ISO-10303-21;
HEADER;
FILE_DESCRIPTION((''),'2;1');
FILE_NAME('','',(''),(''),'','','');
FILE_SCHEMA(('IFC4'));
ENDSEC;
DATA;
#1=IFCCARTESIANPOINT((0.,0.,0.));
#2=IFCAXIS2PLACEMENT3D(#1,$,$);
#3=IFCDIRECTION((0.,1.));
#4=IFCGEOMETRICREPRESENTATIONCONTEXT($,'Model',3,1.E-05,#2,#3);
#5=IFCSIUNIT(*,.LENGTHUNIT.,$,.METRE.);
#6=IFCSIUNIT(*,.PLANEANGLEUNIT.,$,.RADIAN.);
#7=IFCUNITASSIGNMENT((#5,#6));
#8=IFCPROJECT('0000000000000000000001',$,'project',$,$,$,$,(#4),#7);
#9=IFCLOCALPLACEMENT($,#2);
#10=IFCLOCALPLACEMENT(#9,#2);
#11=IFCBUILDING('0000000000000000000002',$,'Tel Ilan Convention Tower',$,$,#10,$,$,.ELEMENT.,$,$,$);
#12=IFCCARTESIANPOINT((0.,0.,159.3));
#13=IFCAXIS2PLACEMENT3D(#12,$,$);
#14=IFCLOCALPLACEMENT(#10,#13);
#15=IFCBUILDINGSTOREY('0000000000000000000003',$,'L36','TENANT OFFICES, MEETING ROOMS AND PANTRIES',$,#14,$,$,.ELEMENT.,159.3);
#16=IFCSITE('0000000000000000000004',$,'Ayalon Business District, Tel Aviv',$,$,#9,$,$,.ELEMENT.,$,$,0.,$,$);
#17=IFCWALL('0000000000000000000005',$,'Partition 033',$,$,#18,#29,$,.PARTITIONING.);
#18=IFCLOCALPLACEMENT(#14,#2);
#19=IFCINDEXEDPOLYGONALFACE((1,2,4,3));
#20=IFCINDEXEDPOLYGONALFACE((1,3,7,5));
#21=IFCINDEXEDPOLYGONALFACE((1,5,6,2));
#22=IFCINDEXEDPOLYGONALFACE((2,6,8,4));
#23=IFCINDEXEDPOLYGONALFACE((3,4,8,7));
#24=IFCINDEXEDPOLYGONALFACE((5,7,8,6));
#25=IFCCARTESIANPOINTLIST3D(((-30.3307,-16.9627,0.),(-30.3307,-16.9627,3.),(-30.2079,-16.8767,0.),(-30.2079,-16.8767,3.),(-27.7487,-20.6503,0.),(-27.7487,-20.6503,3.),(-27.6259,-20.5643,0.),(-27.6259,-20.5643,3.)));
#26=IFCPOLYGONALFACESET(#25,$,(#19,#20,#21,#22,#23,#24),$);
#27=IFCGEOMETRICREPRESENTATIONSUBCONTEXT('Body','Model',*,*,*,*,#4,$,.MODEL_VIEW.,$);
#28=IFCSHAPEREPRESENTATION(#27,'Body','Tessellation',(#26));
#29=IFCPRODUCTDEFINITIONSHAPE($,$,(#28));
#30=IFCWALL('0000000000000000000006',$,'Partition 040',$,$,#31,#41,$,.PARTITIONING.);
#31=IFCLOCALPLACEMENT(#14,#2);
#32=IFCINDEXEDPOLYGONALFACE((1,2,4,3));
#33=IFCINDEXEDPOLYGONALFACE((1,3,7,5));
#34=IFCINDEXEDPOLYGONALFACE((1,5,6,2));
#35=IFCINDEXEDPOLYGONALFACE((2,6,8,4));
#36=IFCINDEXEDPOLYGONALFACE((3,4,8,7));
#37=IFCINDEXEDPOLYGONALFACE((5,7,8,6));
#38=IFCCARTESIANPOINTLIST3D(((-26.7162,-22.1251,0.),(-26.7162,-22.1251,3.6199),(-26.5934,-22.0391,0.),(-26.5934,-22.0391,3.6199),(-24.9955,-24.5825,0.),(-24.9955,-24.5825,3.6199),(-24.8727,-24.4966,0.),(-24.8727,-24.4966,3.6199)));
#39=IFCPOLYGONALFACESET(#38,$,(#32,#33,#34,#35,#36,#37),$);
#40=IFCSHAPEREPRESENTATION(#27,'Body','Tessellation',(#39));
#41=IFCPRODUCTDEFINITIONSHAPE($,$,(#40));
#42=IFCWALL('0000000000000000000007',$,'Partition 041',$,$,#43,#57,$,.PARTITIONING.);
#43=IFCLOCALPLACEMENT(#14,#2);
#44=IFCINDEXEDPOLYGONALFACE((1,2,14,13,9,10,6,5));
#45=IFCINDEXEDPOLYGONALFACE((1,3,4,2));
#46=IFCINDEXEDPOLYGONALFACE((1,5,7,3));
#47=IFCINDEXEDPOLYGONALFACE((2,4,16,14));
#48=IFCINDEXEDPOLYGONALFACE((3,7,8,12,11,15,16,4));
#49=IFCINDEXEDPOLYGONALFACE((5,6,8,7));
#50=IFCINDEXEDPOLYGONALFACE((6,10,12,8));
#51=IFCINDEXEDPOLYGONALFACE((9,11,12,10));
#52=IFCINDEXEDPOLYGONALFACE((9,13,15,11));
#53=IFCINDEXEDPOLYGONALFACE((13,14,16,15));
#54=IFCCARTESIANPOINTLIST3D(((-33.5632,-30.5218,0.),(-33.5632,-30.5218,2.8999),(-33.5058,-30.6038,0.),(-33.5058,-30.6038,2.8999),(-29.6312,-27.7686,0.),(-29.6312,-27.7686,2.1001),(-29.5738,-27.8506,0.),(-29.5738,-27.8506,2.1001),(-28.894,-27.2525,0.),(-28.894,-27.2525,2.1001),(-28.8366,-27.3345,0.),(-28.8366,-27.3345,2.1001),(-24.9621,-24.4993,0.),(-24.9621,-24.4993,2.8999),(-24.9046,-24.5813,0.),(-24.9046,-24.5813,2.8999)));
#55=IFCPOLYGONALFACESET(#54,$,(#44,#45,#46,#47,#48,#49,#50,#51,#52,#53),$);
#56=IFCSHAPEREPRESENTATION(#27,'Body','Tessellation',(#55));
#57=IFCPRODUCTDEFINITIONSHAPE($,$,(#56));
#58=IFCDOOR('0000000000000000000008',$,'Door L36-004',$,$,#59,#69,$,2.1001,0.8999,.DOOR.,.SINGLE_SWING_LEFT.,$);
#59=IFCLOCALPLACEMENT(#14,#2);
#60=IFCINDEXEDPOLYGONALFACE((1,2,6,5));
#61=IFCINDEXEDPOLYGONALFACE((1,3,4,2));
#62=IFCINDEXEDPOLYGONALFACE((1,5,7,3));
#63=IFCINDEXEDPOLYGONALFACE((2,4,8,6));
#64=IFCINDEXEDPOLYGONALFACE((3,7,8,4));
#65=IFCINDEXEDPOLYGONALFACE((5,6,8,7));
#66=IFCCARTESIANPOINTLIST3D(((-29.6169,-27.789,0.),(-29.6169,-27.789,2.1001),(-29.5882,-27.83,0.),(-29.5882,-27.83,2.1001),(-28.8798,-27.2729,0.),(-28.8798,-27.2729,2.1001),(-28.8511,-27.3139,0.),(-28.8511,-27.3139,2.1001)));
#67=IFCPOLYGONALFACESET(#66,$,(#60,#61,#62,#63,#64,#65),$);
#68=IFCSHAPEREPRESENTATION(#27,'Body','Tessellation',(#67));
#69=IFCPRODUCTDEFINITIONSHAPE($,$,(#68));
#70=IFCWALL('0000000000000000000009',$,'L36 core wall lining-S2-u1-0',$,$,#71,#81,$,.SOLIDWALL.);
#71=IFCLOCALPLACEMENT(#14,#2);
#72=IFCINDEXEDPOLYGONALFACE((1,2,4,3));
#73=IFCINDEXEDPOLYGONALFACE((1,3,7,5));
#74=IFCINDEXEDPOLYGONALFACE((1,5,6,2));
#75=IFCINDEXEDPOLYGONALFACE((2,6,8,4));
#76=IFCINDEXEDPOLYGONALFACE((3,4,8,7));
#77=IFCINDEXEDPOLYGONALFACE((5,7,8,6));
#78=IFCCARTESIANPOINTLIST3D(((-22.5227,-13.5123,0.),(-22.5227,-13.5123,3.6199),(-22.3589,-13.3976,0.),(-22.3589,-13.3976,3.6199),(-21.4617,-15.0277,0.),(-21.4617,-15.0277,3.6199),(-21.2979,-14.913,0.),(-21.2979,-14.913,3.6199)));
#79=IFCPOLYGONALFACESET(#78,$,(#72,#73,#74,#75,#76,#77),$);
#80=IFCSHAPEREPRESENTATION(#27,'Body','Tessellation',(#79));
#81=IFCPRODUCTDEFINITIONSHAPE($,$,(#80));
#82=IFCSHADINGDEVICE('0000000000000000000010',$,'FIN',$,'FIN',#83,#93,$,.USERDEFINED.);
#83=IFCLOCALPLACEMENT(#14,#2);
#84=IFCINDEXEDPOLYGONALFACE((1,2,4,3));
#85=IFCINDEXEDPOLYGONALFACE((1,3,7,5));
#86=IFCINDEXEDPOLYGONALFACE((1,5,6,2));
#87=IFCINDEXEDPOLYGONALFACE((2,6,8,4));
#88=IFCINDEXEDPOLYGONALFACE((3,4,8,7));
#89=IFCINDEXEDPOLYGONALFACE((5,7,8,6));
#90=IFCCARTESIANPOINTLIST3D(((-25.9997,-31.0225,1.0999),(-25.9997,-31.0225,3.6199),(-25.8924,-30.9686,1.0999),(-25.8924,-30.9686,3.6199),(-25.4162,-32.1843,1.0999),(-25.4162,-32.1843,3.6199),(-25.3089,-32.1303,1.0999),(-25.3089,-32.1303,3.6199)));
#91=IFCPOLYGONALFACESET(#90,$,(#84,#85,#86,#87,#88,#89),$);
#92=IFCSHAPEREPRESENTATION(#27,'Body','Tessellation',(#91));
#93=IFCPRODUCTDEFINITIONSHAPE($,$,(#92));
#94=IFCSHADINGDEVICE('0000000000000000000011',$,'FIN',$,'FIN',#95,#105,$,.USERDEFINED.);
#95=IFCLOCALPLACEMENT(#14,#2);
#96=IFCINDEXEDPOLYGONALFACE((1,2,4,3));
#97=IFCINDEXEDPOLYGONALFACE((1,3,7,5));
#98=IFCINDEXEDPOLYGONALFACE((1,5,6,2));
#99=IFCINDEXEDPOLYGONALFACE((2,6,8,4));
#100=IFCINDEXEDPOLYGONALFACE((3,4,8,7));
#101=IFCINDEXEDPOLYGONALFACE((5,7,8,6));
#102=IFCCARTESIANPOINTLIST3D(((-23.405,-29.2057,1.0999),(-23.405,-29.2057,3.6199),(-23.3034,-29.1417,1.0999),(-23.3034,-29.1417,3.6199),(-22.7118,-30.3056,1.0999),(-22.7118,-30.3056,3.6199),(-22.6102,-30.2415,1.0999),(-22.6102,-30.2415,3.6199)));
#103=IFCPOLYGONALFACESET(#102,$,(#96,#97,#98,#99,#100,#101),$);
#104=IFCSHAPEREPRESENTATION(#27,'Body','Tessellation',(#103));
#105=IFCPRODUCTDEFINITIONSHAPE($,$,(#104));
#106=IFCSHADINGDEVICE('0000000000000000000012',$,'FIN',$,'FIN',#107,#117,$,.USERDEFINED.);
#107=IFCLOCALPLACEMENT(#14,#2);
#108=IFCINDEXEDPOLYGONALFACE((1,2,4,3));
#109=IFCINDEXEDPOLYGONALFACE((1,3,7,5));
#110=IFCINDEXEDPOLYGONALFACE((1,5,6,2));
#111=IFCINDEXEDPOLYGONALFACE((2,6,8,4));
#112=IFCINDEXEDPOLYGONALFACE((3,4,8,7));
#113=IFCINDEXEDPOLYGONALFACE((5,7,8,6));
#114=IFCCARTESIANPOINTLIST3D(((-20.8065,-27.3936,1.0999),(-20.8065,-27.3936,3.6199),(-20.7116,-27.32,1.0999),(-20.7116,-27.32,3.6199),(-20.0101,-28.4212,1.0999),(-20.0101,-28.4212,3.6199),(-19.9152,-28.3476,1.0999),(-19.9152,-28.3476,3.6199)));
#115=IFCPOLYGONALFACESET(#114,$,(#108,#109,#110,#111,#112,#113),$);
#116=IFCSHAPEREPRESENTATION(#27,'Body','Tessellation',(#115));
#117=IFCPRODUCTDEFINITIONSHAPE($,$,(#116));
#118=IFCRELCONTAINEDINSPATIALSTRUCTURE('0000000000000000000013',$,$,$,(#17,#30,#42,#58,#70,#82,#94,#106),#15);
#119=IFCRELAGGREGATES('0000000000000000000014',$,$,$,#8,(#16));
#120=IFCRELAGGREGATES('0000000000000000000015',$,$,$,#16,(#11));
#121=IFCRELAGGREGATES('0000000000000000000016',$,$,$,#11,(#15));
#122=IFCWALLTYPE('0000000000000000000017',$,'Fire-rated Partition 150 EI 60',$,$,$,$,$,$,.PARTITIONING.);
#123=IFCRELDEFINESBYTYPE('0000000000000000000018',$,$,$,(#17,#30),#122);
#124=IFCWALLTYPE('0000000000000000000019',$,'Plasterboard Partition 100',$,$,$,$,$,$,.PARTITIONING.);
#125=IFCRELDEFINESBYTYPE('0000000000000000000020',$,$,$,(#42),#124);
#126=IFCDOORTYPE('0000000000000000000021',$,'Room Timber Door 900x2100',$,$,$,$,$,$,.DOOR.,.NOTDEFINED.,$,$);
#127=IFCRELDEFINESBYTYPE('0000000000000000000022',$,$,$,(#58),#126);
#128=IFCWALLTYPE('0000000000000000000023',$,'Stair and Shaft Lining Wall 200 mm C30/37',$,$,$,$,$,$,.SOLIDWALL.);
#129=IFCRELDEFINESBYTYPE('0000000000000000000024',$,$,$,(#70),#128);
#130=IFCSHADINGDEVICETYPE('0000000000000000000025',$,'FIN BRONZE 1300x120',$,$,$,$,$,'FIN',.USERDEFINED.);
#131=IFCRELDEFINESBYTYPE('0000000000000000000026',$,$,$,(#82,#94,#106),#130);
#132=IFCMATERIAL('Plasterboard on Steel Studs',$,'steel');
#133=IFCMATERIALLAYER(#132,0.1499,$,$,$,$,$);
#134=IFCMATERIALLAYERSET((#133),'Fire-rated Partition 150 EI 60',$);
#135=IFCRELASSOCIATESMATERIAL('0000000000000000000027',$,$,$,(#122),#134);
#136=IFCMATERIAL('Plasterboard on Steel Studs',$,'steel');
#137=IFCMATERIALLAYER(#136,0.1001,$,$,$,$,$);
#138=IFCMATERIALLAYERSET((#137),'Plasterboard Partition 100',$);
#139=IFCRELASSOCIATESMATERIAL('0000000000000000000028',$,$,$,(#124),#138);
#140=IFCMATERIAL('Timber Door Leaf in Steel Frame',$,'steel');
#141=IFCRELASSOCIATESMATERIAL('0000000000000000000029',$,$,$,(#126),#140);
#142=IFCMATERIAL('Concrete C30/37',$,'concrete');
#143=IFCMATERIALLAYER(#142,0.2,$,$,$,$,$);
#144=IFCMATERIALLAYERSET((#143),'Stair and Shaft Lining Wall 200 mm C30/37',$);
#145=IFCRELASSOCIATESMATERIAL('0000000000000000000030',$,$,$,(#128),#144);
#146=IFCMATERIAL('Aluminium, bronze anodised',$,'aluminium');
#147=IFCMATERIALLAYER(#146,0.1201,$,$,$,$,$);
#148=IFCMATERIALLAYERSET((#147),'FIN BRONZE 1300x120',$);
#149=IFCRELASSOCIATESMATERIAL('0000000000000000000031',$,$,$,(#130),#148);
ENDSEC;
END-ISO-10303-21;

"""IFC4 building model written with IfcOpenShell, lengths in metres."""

from ifc_helpers import new_model, si_unit, direction, frame, frame_2d, origin, origin_2d, place, context, subcontext, project, spatial, rectangle, extrude, material, layer, layer_set, type_object, element, fill, save


model = new_model("IFC4")

# Units and contexts
model_context = context("Model", 3, precision=1e-05, world=origin(), true_north=direction((0.0, 1.0)))
body_context = subcontext(model_context, "Body", "Model", "MODEL_VIEW")
ifc_project = project(units=[si_unit("LENGTHUNIT", "METRE"), si_unit("PLANEANGLEUNIT", "RADIAN")], contexts=[model_context])

# Site, building, storey
site_placement = place(None, origin())
site = spatial("IfcSite", under=ifc_project, at=site_placement, Name="Ayalon Business District, Tel Aviv", CompositionType="ELEMENT", RefElevation=0.0)
building_placement = place(site_placement, origin())
building = spatial("IfcBuilding", under=site, at=building_placement, Name="Tel Ilan Convention Tower", CompositionType="ELEMENT")
storey_placement = place(building_placement, frame((0.0, 0.0, 159.3)))
storey = spatial("IfcBuildingStorey", under=building, at=storey_placement, Name="L36", Description="TENANT OFFICES, MEETING ROOMS AND PANTRIES", CompositionType="ELEMENT", Elevation=159.3)

# Shared definitions
ifc_material_1 = material(Name="Plasterboard on Steel Studs", Category="steel")
ifc_layer_1 = layer(ifc_material_1, 0.1499)
ifc_layer_set_1 = layer_set([ifc_layer_1], Name="Fire-rated Partition 150 EI 60")
wall_type_1 = type_object("IfcWallType", Name="Fire-rated Partition 150 EI 60", PredefinedType="PARTITIONING", material=ifc_layer_set_1)

# Walls
wall_1_placement = place(storey_placement, frame((-27.6873, -20.6074, 0.0), z_axis=(0.0, 0.0, 1.0), x_axis=(-0.573553, 0.819168, 0.0)))
element("IfcWall", 1, at=wall_1_placement, inside=storey, type_object=wall_type_1, Name="Partition 033", PredefinedType="PARTITIONING", context=body_context, shape_type="SweptSolid", body=[
    extrude(rectangle(XDim=4.5017, YDim=0.1499, at=frame_2d((2.251, 0.0))), origin(), (0.0, 0.0, 1.0), 3.0),
])
wall_2_placement = place(storey_placement, frame((-24.9341, -24.5396, 0.0), z_axis=(0.0, 0.0, 1.0), x_axis=(-0.573561, 0.819163, 0.0)))
element("IfcWall", 2, at=wall_2_placement, inside=storey, type_object=wall_type_1, Name="Partition 040", PredefinedType="PARTITIONING", context=body_context, shape_type="SweptSolid", body=[
    extrude(rectangle(XDim=3.0, YDim=0.1499, at=frame_2d((1.5, 0.0))), origin(), (0.0, 0.0, 1.0), 3.6199),
])

# Wall, opening, door
ifc_material_2 = material(Name="Plasterboard on Steel Studs", Category="steel")
ifc_layer_2 = layer(ifc_material_2, 0.1001)
ifc_layer_set_2 = layer_set([ifc_layer_2], Name="Plasterboard Partition 100")
wall_type_2 = type_object("IfcWallType", Name="Plasterboard Partition 100", PredefinedType="PARTITIONING", material=ifc_layer_set_2)
wall_3_placement = place(storey_placement, frame((-24.9333, -24.5403, 0.0), z_axis=(0.0, 0.0, 1.0), x_axis=(-0.819155, -0.573572, 0.0)))
wall_3 = element("IfcWall", 3, at=wall_3_placement, inside=storey, type_object=wall_type_2, Name="Partition 041", PredefinedType="PARTITIONING", context=body_context, shape_type="SweptSolid", body=[
    extrude(rectangle(XDim=10.5, YDim=0.1001, at=frame_2d((5.25, 0.0))), origin(), (0.0, 0.0, 1.0), 2.8999),
])
opening_1_placement = place(wall_3_placement, frame((4.8, 0.0, 0.0)))
opening_1 = element("IfcOpeningElement", 4, at=opening_1_placement, cuts=wall_3, PredefinedType="OPENING", context=body_context, shape_type="SweptSolid", body=[
    extrude(rectangle(XDim=0.8999, YDim=2.1001, at=frame_2d((0.45, 1.05))), frame((0.0, 0.0601, 0.0), z_axis=(0.0, -1.0, 0.0), x_axis=(1.0, 0.0, 0.0)), (0.0, 0.0, 1.0), 0.1201),
])
ifc_material_3 = material(Name="Timber Door Leaf in Steel Frame", Category="steel")
door_type_1 = type_object("IfcDoorType", Name="Room Timber Door 900x2100", OperationType="NOTDEFINED", PredefinedType="DOOR", material=ifc_material_3)
door_1_placement = place(opening_1_placement, origin())
door_1 = element("IfcDoor", 5, at=door_1_placement, inside=storey, type_object=door_type_1, Name="Door L36-004", OperationType="SINGLE_SWING_LEFT", OverallHeight=2.1001, OverallWidth=0.8999, PredefinedType="DOOR", context=body_context, shape_type="SweptSolid", body=[
    extrude(rectangle(XDim=0.8999, YDim=2.1001, at=frame_2d((0.45, 1.05))), frame((0.0, 0.0249, 0.0), z_axis=(0.0, -1.0, 0.0), x_axis=(1.0, 0.0, 0.0)), (0.0, 0.0, 1.0), 0.05),
])
fill(opening_1, door_1)

# Wall
ifc_material_4 = material(Name="Concrete C30/37", Category="concrete")
ifc_layer_3 = layer(ifc_material_4, 0.2)
ifc_layer_set_3 = layer_set([ifc_layer_3], Name="Stair and Shaft Lining Wall 200 mm C30/37")
wall_type_3 = type_object("IfcWallType", Name="Stair and Shaft Lining Wall 200 mm C30/37", PredefinedType="SOLIDWALL", material=ifc_layer_set_3)
wall_4_placement = place(storey_placement, frame((-21.3799, -14.9702, 0.0), z_axis=(0.0, 0.0, 1.0), x_axis=(-0.57356, 0.819164, 0.0)))
element("IfcWall", 6, at=wall_4_placement, inside=storey, type_object=wall_type_3, Name="L36 core wall lining-S2-u1-0", PredefinedType="SOLIDWALL", context=body_context, shape_type="SweptSolid", body=[
    extrude(rectangle(XDim=1.8499, YDim=0.2, at=frame_2d((0.9248, 0.0))), origin(), (0.0, 0.0, 1.0), 3.6199),
])

# Shading devices
ifc_material_5 = material(Name="Aluminium, bronze anodised", Category="aluminium")
ifc_layer_4 = layer(ifc_material_5, 0.1201)
ifc_layer_set_4 = layer_set([ifc_layer_4], Name="FIN BRONZE 1300x120")
shading_device_type = type_object("IfcShadingDeviceType", Name="FIN BRONZE 1300x120", ElementType="FIN", PredefinedType="USERDEFINED", material=ifc_layer_set_4)
for number, where, z_axis, x_axis, name in (
    (7, (-25.6543, -31.5764, 1.0999), (0.0, 0.0, 1.0), (0.448799, -0.893633, 0.0), "FIN"),
    (8, (-23.0076, -29.7236, 1.0999), (0.0, 0.0, 1.0), (0.533204, -0.845986, 0.0), "FIN"),
    (9, (-20.3608, -27.8706, 1.0999), (0.0, 0.0, 1.0), (0.612601, -0.790393, 0.0), "FIN"),
):
    element("IfcShadingDevice", number, at=place(storey_placement, frame(where, z_axis=z_axis, x_axis=x_axis)), inside=storey, type_object=shading_device_type, Name=name, ObjectType="FIN", PredefinedType="USERDEFINED", context=body_context, shape_type="SweptSolid", body=[
        extrude(rectangle(XDim=1.3, YDim=0.1201, at=origin_2d()), origin(), (0.0, 0.0, 1.0), 2.52),
    ])

save(model, "model.ifc")
